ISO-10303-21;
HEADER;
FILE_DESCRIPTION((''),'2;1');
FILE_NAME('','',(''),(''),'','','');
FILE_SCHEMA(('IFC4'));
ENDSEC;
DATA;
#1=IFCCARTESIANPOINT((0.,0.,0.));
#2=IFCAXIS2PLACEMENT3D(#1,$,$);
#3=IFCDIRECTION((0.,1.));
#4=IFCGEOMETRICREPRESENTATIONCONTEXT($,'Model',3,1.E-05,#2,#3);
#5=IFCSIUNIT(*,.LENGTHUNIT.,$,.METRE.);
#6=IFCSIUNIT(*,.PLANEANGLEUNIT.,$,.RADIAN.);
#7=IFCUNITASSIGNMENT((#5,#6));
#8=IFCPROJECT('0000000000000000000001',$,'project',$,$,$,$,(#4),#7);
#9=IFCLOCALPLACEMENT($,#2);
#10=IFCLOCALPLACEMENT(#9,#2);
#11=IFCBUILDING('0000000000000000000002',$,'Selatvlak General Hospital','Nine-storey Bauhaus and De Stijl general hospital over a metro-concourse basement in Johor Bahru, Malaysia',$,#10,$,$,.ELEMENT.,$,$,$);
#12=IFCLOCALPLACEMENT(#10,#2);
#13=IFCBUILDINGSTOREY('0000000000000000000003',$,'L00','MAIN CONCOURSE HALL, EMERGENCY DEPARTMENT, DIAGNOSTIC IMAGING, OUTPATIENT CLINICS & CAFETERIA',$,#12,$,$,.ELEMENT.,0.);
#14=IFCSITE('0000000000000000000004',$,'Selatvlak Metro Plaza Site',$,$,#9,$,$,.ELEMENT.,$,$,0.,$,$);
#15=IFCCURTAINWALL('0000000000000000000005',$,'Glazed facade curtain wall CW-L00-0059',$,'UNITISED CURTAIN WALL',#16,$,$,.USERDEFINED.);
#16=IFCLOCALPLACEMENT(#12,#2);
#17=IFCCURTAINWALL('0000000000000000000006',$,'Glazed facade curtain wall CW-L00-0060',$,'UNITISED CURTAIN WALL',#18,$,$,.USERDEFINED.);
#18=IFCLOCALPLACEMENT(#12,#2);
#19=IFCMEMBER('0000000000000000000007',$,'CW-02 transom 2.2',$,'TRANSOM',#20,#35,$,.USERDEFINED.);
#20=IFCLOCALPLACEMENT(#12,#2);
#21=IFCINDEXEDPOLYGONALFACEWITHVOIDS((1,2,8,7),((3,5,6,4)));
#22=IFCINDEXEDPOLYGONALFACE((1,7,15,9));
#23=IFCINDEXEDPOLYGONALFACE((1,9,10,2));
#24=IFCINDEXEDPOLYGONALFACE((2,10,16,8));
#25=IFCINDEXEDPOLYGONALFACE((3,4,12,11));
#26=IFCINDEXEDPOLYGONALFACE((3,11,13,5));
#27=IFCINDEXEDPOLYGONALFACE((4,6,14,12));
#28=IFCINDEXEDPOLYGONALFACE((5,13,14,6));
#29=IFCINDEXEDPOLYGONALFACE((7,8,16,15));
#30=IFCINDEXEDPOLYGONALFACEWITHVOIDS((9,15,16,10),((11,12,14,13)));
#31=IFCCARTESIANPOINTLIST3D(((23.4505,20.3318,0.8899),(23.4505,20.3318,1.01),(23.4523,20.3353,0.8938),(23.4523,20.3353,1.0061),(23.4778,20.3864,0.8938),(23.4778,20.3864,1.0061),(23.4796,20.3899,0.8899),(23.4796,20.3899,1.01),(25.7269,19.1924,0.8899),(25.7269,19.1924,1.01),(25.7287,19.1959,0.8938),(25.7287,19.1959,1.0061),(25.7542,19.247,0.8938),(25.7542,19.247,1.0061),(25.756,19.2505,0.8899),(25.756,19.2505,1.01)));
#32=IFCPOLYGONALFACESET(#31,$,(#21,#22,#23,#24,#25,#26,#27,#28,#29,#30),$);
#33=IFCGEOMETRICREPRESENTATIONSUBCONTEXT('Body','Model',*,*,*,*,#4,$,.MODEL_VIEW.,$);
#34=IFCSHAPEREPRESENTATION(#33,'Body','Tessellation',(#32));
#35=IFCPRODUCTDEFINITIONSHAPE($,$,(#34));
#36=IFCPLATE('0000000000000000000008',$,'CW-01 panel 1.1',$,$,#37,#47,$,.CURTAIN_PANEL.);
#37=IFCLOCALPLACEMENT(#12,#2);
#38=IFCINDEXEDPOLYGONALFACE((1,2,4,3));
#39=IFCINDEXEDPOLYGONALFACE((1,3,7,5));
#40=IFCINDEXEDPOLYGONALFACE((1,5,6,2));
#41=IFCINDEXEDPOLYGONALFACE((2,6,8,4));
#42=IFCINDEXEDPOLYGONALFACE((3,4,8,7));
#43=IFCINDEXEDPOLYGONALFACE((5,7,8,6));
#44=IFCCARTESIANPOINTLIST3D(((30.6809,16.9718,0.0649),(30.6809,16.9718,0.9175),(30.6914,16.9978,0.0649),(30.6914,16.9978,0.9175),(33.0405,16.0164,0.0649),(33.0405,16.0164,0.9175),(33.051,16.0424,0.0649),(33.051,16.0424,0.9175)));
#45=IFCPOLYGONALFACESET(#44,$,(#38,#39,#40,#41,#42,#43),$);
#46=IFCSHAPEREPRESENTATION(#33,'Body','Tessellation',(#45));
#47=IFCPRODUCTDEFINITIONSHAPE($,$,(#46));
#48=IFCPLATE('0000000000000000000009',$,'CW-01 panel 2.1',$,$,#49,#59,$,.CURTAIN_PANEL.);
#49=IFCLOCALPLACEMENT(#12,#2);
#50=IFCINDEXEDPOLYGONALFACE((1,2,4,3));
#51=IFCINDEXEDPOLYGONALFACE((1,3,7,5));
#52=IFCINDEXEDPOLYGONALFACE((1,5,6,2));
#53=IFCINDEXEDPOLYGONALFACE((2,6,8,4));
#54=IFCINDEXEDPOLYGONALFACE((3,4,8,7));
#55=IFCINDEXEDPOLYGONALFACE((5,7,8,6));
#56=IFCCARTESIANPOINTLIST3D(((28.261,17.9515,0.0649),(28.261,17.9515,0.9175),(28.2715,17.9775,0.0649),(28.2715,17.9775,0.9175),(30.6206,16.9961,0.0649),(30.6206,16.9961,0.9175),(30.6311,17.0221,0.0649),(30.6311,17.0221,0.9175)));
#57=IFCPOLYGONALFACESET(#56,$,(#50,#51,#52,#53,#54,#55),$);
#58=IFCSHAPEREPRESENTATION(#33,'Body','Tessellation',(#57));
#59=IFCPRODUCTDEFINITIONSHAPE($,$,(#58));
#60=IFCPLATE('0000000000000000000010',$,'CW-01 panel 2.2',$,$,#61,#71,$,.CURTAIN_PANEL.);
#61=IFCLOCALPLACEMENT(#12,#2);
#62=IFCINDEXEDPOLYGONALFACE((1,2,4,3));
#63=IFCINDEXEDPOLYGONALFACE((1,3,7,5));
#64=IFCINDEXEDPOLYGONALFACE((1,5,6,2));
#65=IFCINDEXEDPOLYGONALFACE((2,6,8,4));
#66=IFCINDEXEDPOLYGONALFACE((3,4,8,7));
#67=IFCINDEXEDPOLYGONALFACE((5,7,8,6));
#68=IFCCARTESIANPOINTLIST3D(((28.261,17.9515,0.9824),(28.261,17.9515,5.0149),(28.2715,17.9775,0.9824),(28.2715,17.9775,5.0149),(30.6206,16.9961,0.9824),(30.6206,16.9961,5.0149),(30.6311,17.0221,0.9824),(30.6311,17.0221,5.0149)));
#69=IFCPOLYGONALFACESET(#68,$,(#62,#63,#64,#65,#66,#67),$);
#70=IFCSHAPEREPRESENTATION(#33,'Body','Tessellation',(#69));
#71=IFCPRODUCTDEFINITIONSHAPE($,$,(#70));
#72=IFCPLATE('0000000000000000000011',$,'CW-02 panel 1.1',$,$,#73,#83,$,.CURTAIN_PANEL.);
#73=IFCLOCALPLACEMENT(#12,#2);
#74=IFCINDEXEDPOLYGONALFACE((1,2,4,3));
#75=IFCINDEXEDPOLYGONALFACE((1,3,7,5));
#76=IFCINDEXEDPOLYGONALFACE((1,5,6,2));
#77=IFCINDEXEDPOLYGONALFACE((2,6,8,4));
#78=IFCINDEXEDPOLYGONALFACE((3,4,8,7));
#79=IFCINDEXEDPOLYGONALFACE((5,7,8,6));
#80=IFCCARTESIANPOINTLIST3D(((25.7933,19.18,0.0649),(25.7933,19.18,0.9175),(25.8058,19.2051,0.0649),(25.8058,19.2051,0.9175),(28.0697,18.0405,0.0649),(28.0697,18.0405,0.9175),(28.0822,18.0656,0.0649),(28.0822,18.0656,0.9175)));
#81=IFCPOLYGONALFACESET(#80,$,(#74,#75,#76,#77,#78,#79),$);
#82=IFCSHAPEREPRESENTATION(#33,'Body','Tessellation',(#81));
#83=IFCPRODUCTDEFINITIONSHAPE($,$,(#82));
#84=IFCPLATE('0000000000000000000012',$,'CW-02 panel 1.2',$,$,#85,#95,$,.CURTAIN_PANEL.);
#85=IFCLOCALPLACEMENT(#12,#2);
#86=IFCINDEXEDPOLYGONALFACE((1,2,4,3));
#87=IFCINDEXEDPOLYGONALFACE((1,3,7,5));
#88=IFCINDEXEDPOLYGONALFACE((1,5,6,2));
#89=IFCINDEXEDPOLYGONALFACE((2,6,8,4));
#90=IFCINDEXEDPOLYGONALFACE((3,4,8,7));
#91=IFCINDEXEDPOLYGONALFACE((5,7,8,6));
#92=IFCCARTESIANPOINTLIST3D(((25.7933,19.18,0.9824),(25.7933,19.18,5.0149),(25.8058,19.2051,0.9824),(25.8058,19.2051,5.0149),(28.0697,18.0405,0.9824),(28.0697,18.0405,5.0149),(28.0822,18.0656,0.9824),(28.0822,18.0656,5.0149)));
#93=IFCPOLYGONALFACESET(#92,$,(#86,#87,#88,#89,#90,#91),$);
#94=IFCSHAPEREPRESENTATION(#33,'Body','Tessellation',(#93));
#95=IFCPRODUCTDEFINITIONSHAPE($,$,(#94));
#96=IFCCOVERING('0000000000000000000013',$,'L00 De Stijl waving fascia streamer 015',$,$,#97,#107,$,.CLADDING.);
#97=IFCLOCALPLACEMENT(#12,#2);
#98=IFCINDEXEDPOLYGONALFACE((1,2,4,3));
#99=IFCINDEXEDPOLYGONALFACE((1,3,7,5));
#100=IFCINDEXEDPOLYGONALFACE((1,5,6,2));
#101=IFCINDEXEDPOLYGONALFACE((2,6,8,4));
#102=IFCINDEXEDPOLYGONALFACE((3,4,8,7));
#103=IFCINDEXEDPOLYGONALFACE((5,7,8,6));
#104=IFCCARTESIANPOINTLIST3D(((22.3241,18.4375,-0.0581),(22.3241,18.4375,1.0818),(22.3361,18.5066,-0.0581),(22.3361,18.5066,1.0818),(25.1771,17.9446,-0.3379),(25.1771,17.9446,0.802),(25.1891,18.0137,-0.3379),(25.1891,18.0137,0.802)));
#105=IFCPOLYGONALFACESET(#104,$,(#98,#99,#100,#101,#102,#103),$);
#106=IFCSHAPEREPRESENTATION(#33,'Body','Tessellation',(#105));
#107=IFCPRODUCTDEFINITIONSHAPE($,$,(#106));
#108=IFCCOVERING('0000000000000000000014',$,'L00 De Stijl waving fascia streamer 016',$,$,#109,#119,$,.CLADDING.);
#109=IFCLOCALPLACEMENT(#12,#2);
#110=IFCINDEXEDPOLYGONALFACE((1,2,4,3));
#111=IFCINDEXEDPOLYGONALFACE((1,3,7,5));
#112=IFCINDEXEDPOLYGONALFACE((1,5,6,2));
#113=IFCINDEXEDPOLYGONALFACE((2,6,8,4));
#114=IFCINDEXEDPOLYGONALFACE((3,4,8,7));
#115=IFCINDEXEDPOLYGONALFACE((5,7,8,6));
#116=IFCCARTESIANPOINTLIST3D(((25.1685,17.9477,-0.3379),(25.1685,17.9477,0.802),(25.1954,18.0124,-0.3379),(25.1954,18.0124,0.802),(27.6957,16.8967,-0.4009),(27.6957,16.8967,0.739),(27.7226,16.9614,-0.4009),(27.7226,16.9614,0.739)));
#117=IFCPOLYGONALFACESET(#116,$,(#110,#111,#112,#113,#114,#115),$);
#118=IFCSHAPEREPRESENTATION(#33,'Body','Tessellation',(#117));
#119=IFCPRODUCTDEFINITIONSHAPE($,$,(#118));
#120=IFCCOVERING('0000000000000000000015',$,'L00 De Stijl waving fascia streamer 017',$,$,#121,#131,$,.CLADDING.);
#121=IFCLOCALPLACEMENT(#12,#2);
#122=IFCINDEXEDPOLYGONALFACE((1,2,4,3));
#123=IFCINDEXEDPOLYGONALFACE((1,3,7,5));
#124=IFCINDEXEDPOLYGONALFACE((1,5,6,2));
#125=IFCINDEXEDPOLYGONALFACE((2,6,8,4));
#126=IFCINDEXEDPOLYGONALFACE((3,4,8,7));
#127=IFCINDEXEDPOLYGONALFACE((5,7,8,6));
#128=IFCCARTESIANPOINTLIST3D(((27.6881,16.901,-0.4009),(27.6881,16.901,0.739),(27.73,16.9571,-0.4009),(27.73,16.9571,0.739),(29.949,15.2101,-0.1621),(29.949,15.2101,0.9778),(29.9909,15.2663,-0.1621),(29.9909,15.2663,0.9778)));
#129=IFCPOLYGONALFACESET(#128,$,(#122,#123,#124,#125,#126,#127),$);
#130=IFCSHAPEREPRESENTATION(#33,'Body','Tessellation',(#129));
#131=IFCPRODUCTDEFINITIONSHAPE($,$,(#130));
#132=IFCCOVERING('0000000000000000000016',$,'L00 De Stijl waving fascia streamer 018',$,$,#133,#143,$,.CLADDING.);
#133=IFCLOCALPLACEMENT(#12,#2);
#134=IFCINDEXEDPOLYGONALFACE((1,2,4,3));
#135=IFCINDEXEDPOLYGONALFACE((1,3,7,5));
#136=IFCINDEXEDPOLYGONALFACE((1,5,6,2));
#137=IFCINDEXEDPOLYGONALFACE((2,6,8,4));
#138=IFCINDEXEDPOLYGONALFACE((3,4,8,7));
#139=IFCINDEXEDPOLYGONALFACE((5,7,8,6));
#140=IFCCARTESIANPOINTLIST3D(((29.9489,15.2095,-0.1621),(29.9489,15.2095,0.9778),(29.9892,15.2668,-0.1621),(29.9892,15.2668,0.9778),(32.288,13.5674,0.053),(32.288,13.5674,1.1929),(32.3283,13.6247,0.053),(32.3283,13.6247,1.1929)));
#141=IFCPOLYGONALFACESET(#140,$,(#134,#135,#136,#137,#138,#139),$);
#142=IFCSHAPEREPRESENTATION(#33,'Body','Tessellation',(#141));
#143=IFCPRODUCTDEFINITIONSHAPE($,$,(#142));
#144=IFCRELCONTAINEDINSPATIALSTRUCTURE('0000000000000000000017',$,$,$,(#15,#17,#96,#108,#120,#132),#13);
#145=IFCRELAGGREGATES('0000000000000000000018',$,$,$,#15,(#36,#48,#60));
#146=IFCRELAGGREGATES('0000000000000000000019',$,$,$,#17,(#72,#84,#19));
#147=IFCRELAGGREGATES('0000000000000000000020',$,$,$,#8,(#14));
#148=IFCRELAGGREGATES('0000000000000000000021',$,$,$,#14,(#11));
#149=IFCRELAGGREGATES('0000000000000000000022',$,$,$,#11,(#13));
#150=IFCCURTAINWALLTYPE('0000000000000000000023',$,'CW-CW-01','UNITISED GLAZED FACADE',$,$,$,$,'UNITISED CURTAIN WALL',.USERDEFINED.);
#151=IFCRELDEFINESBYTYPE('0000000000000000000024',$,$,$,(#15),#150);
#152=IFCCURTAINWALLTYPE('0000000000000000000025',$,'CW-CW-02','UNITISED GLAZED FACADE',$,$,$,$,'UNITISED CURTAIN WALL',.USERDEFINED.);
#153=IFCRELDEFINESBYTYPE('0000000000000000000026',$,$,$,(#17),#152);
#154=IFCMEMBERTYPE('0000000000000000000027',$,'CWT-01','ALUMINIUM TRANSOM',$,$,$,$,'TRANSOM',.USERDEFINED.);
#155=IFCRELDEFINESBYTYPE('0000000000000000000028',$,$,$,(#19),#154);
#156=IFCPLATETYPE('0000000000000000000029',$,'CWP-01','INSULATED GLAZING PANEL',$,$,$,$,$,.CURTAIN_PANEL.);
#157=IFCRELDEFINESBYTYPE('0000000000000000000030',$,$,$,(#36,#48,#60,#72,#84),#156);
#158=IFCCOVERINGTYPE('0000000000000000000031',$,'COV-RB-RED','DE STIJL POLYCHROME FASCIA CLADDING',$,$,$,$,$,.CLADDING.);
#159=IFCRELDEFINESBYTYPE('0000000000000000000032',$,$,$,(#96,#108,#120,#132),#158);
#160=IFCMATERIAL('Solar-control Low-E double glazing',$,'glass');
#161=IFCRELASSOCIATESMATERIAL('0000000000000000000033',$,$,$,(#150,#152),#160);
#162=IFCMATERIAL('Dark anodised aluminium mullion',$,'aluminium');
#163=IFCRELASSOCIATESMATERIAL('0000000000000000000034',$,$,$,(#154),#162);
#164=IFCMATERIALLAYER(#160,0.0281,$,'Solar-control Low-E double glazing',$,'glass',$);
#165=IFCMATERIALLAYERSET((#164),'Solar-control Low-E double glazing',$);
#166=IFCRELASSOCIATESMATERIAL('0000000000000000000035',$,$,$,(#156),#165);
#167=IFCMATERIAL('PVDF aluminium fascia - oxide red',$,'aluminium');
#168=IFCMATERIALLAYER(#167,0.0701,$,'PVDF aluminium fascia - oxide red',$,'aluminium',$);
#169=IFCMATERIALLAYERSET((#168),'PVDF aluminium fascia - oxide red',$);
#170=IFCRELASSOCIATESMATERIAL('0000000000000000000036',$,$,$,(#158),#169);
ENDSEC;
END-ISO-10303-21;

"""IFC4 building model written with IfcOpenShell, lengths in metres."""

from ifc_helpers import new_model, si_unit, direction, frame, origin, origin_2d, place, context, subcontext, project, spatial, polyline, rectangle, hollow_rectangle, outline, extrude, material, layer, layer_set, material_profile, profile_set, type_object, element, aggregate, save


model = new_model("IFC4")

# Units and contexts
model_context = context("Model", 3, precision=1e-05, world=origin(), true_north=direction((0.0, 1.0)))
body_context = subcontext(model_context, "Body", "Model", "MODEL_VIEW")
ifc_project = project(units=[si_unit("LENGTHUNIT", "METRE"), si_unit("PLANEANGLEUNIT", "RADIAN")], contexts=[model_context])

# Site, building, storey
site_placement = place(None, origin())
site = spatial("IfcSite", under=ifc_project, at=site_placement, Name="Selatvlak Metro Plaza Site", CompositionType="ELEMENT", RefElevation=0.0)
building_placement = place(site_placement, origin())
building = spatial("IfcBuilding", under=site, at=building_placement, Name="Selatvlak General Hospital", Description="Nine-storey Bauhaus and De Stijl general hospital over a metro-concourse basement in Johor Bahru, Malaysia", CompositionType="ELEMENT")
storey_placement = place(building_placement, origin())
storey = spatial("IfcBuildingStorey", under=building, at=storey_placement, Name="L00", Description="MAIN CONCOURSE HALL, EMERGENCY DEPARTMENT, DIAGNOSTIC IMAGING, OUTPATIENT CLINICS & CAFETERIA", CompositionType="ELEMENT", Elevation=0.0)

# Curtain walls
ifc_material_1 = material(Name="Solar-control Low-E double glazing", Category="glass")
curtain_wall_type_1 = type_object("IfcCurtainWallType", Name="CW-CW-01", Description="UNITISED GLAZED FACADE", ElementType="UNITISED CURTAIN WALL", PredefinedType="USERDEFINED", material=ifc_material_1)
curtain_wall_1_placement = place(storey_placement, origin())
curtain_wall_1 = element("IfcCurtainWall", 1, at=curtain_wall_1_placement, inside=storey, type_object=curtain_wall_type_1, Name="Glazed facade curtain wall CW-L00-0059", ObjectType="UNITISED CURTAIN WALL", PredefinedType="USERDEFINED")
ifc_material_2 = material(Name="Dark anodised aluminium mullion", Category="aluminium")
curtain_wall_type_2 = type_object("IfcCurtainWallType", Name="CW-CW-02", Description="UNITISED GLAZED FACADE", ElementType="UNITISED CURTAIN WALL", PredefinedType="USERDEFINED", material=ifc_material_1)
curtain_wall_2_placement = place(storey_placement, origin())
curtain_wall_2 = element("IfcCurtainWall", 2, at=curtain_wall_2_placement, inside=storey, type_object=curtain_wall_type_2, Name="Glazed facade curtain wall CW-L00-0060", ObjectType="UNITISED CURTAIN WALL", PredefinedType="USERDEFINED")

# Member
ifc_material_profile_1 = material_profile(ifc_material_2, hollow_rectangle(XDim=0.0649, YDim=0.1201, WallThickness=0.0039, at=origin_2d()), Name="AL-TRN 65x120x4")
ifc_profile_set_1 = profile_set([ifc_material_profile_1], Name="Dark anodised aluminium mullion")
member_type_1 = type_object("IfcMemberType", Name="CWT-01", Description="ALUMINIUM TRANSOM", ElementType="TRANSOM", PredefinedType="USERDEFINED", material=ifc_profile_set_1)
member_1_placement = place(storey_placement, frame((25.7415, 19.2214, 0.95), z_axis=(-0.894235, 0.447597, 0.0), x_axis=(-0.447597, -0.894235, 0.0)))
member_1 = element("IfcMember", 3, at=member_1_placement, type_object=member_type_1, Name="CW-02 transom 2.2", ObjectType="TRANSOM", PredefinedType="USERDEFINED", context=body_context, shape_type="SweptSolid", body=[
    extrude(hollow_rectangle(XDim=0.0649, YDim=0.1201, WallThickness=0.0039, at=origin_2d()), origin(), (0.0, 0.0, 1.0), 2.5457),
])

# Plates
ifc_layer_1 = layer(ifc_material_1, 0.0281, Name="Solar-control Low-E double glazing", Category="glass")
ifc_layer_set_1 = layer_set([ifc_layer_1], Name="Solar-control Low-E double glazing")
plate_type = type_object("IfcPlateType", Name="CWP-01", Description="INSULATED GLAZING PANEL", PredefinedType="CURTAIN_PANEL", material=ifc_layer_set_1)
plate_1_placement = place(storey_placement, frame((31.866, 16.5071, 0.0649), z_axis=(0.0, 0.0, 1.0), x_axis=(-0.926903, 0.375301, 0.0)))
plate_1 = element("IfcPlate", 4, at=plate_1_placement, type_object=plate_type, Name="CW-01 panel 1.1", PredefinedType="CURTAIN_PANEL", context=body_context, shape_type="SweptSolid", body=[
    extrude(rectangle(XDim=2.5457, YDim=0.0281, at=origin_2d()), origin(), (0.0, 0.0, 1.0), 0.8525),
])
plate_2_placement = place(storey_placement, frame((29.446, 17.4868, 0.0649), z_axis=(0.0, 0.0, 1.0), x_axis=(-0.926903, 0.375301, 0.0)))
plate_2 = element("IfcPlate", 5, at=plate_2_placement, type_object=plate_type, Name="CW-01 panel 2.1", PredefinedType="CURTAIN_PANEL", context=body_context, shape_type="SweptSolid", body=[
    extrude(rectangle(XDim=2.5457, YDim=0.0281, at=origin_2d()), origin(), (0.0, 0.0, 1.0), 0.8525),
])
plate_3_placement = place(storey_placement, frame((29.446, 17.4868, 0.9824), z_axis=(0.0, 0.0, 1.0), x_axis=(-0.926903, 0.375301, 0.0)))
plate_3 = element("IfcPlate", 6, at=plate_3_placement, type_object=plate_type, Name="CW-01 panel 2.2", PredefinedType="CURTAIN_PANEL", context=body_context, shape_type="SweptSolid", body=[
    extrude(rectangle(XDim=2.5457, YDim=0.0281, at=origin_2d()), origin(), (0.0, 0.0, 1.0), 4.0325),
])
aggregate(curtain_wall_1, [plate_1, plate_2, plate_3])
plate_4_placement = place(storey_placement, frame((26.9377, 18.6228, 0.0649), z_axis=(0.0, 0.0, 1.0), x_axis=(-0.894238, 0.447592, 0.0)))
plate_4 = element("IfcPlate", 7, at=plate_4_placement, type_object=plate_type, Name="CW-02 panel 1.1", PredefinedType="CURTAIN_PANEL", context=body_context, shape_type="SweptSolid", body=[
    extrude(rectangle(XDim=2.5457, YDim=0.0281, at=origin_2d()), origin(), (0.0, 0.0, 1.0), 0.8525),
])
plate_5_placement = place(storey_placement, frame((26.9377, 18.6228, 0.9824), z_axis=(0.0, 0.0, 1.0), x_axis=(-0.894238, 0.447592, 0.0)))
plate_5 = element("IfcPlate", 8, at=plate_5_placement, type_object=plate_type, Name="CW-02 panel 1.2", PredefinedType="CURTAIN_PANEL", context=body_context, shape_type="SweptSolid", body=[
    extrude(rectangle(XDim=2.5457, YDim=0.0281, at=origin_2d()), origin(), (0.0, 0.0, 1.0), 4.0325),
])
aggregate(curtain_wall_2, [plate_4, plate_5, member_1])

# Coverings
ifc_material_3 = material(Name="PVDF aluminium fascia - oxide red", Category="aluminium")
ifc_layer_2 = layer(ifc_material_3, 0.0701, Name="PVDF aluminium fascia - oxide red", Category="aluminium")
ifc_layer_set_2 = layer_set([ifc_layer_2], Name="PVDF aluminium fascia - oxide red")
covering_type = type_object("IfcCoveringType", Name="COV-RB-RED", Description="DE STIJL POLYCHROME FASCIA CLADDING", PredefinedType="CLADDING", material=ifc_layer_set_2)
covering_1_placement = place(storey_placement, frame((22.3301, 18.4719, -0.0581), z_axis=(0.0, 0.0, 1.0), x_axis=(0.985401, -0.170249, 0.0)))
element("IfcCovering", 9, at=covering_1_placement, inside=storey, type_object=covering_type, Name="L00 De Stijl waving fascia streamer 015", PredefinedType="CLADDING", context=body_context, shape_type="SweptSolid", body=[
    extrude(outline(polyline([(0.0, 0.0), (2.8953, -0.2798), (2.8953, 0.8601), (0.0, 1.1399), (0.0, 0.0)])), frame((0.0, 0.0352, 0.0), z_axis=(0.0, -1.0, 0.0), x_axis=(1.0, 0.0, 0.0)), (0.0, 0.0, 1.0), 0.0701),
])
covering_2_placement = place(storey_placement, frame((25.1819, 17.98, -0.3379), z_axis=(0.0, 0.0, 1.0), x_axis=(0.923327, -0.384014, 0.0)))
element("IfcCovering", 10, at=covering_2_placement, inside=storey, type_object=covering_type, Name="L00 De Stijl waving fascia streamer 016", PredefinedType="CLADDING", context=body_context, shape_type="SweptSolid", body=[
    extrude(outline(polyline([(0.0, 0.0), (2.7371, -0.063), (2.7371, 1.0769), (0.0, 1.1399), (0.0, 0.0)])), frame((0.0, 0.0352, 0.0), z_axis=(0.0, -1.0, 0.0), x_axis=(1.0, 0.0, 0.0)), (0.0, 0.0, 1.0), 0.0701),
])
covering_3_placement = place(storey_placement, frame((27.709, 16.929, -0.4009), z_axis=(0.0, 0.0, 1.0), x_axis=(0.800819, -0.598906, 0.0)))
element("IfcCovering", 11, at=covering_3_placement, inside=storey, type_object=covering_type, Name="L00 De Stijl waving fascia streamer 017", PredefinedType="CLADDING", context=body_context, shape_type="SweptSolid", body=[
    extrude(outline(polyline([(0.0, 0.0), (2.8232, 0.2388), (2.8232, 1.3787), (0.0, 1.1399), (0.0, 0.0)])), frame((0.0, 0.0352, 0.0), z_axis=(0.0, -1.0, 0.0), x_axis=(1.0, 0.0, 0.0)), (0.0, 0.0, 1.0), 0.0701),
])
covering_4_placement = place(storey_placement, frame((29.969, 15.238, -0.1621), z_axis=(0.0, 0.0, 1.0), x_axis=(0.818457, -0.574568, 0.0)))
element("IfcCovering", 12, at=covering_4_placement, inside=storey, type_object=covering_type, Name="L00 De Stijl waving fascia streamer 018", PredefinedType="CLADDING", context=body_context, shape_type="SweptSolid", body=[
    extrude(outline(polyline([(0.0, 0.0), (2.8579, 0.2151), (2.8579, 1.355), (0.0, 1.1399), (0.0, 0.0)])), frame((0.0, 0.0352, 0.0), z_axis=(0.0, -1.0, 0.0), x_axis=(1.0, 0.0, 0.0)), (0.0, 0.0, 1.0), 0.0701),
])

save(model, "model.ifc")
